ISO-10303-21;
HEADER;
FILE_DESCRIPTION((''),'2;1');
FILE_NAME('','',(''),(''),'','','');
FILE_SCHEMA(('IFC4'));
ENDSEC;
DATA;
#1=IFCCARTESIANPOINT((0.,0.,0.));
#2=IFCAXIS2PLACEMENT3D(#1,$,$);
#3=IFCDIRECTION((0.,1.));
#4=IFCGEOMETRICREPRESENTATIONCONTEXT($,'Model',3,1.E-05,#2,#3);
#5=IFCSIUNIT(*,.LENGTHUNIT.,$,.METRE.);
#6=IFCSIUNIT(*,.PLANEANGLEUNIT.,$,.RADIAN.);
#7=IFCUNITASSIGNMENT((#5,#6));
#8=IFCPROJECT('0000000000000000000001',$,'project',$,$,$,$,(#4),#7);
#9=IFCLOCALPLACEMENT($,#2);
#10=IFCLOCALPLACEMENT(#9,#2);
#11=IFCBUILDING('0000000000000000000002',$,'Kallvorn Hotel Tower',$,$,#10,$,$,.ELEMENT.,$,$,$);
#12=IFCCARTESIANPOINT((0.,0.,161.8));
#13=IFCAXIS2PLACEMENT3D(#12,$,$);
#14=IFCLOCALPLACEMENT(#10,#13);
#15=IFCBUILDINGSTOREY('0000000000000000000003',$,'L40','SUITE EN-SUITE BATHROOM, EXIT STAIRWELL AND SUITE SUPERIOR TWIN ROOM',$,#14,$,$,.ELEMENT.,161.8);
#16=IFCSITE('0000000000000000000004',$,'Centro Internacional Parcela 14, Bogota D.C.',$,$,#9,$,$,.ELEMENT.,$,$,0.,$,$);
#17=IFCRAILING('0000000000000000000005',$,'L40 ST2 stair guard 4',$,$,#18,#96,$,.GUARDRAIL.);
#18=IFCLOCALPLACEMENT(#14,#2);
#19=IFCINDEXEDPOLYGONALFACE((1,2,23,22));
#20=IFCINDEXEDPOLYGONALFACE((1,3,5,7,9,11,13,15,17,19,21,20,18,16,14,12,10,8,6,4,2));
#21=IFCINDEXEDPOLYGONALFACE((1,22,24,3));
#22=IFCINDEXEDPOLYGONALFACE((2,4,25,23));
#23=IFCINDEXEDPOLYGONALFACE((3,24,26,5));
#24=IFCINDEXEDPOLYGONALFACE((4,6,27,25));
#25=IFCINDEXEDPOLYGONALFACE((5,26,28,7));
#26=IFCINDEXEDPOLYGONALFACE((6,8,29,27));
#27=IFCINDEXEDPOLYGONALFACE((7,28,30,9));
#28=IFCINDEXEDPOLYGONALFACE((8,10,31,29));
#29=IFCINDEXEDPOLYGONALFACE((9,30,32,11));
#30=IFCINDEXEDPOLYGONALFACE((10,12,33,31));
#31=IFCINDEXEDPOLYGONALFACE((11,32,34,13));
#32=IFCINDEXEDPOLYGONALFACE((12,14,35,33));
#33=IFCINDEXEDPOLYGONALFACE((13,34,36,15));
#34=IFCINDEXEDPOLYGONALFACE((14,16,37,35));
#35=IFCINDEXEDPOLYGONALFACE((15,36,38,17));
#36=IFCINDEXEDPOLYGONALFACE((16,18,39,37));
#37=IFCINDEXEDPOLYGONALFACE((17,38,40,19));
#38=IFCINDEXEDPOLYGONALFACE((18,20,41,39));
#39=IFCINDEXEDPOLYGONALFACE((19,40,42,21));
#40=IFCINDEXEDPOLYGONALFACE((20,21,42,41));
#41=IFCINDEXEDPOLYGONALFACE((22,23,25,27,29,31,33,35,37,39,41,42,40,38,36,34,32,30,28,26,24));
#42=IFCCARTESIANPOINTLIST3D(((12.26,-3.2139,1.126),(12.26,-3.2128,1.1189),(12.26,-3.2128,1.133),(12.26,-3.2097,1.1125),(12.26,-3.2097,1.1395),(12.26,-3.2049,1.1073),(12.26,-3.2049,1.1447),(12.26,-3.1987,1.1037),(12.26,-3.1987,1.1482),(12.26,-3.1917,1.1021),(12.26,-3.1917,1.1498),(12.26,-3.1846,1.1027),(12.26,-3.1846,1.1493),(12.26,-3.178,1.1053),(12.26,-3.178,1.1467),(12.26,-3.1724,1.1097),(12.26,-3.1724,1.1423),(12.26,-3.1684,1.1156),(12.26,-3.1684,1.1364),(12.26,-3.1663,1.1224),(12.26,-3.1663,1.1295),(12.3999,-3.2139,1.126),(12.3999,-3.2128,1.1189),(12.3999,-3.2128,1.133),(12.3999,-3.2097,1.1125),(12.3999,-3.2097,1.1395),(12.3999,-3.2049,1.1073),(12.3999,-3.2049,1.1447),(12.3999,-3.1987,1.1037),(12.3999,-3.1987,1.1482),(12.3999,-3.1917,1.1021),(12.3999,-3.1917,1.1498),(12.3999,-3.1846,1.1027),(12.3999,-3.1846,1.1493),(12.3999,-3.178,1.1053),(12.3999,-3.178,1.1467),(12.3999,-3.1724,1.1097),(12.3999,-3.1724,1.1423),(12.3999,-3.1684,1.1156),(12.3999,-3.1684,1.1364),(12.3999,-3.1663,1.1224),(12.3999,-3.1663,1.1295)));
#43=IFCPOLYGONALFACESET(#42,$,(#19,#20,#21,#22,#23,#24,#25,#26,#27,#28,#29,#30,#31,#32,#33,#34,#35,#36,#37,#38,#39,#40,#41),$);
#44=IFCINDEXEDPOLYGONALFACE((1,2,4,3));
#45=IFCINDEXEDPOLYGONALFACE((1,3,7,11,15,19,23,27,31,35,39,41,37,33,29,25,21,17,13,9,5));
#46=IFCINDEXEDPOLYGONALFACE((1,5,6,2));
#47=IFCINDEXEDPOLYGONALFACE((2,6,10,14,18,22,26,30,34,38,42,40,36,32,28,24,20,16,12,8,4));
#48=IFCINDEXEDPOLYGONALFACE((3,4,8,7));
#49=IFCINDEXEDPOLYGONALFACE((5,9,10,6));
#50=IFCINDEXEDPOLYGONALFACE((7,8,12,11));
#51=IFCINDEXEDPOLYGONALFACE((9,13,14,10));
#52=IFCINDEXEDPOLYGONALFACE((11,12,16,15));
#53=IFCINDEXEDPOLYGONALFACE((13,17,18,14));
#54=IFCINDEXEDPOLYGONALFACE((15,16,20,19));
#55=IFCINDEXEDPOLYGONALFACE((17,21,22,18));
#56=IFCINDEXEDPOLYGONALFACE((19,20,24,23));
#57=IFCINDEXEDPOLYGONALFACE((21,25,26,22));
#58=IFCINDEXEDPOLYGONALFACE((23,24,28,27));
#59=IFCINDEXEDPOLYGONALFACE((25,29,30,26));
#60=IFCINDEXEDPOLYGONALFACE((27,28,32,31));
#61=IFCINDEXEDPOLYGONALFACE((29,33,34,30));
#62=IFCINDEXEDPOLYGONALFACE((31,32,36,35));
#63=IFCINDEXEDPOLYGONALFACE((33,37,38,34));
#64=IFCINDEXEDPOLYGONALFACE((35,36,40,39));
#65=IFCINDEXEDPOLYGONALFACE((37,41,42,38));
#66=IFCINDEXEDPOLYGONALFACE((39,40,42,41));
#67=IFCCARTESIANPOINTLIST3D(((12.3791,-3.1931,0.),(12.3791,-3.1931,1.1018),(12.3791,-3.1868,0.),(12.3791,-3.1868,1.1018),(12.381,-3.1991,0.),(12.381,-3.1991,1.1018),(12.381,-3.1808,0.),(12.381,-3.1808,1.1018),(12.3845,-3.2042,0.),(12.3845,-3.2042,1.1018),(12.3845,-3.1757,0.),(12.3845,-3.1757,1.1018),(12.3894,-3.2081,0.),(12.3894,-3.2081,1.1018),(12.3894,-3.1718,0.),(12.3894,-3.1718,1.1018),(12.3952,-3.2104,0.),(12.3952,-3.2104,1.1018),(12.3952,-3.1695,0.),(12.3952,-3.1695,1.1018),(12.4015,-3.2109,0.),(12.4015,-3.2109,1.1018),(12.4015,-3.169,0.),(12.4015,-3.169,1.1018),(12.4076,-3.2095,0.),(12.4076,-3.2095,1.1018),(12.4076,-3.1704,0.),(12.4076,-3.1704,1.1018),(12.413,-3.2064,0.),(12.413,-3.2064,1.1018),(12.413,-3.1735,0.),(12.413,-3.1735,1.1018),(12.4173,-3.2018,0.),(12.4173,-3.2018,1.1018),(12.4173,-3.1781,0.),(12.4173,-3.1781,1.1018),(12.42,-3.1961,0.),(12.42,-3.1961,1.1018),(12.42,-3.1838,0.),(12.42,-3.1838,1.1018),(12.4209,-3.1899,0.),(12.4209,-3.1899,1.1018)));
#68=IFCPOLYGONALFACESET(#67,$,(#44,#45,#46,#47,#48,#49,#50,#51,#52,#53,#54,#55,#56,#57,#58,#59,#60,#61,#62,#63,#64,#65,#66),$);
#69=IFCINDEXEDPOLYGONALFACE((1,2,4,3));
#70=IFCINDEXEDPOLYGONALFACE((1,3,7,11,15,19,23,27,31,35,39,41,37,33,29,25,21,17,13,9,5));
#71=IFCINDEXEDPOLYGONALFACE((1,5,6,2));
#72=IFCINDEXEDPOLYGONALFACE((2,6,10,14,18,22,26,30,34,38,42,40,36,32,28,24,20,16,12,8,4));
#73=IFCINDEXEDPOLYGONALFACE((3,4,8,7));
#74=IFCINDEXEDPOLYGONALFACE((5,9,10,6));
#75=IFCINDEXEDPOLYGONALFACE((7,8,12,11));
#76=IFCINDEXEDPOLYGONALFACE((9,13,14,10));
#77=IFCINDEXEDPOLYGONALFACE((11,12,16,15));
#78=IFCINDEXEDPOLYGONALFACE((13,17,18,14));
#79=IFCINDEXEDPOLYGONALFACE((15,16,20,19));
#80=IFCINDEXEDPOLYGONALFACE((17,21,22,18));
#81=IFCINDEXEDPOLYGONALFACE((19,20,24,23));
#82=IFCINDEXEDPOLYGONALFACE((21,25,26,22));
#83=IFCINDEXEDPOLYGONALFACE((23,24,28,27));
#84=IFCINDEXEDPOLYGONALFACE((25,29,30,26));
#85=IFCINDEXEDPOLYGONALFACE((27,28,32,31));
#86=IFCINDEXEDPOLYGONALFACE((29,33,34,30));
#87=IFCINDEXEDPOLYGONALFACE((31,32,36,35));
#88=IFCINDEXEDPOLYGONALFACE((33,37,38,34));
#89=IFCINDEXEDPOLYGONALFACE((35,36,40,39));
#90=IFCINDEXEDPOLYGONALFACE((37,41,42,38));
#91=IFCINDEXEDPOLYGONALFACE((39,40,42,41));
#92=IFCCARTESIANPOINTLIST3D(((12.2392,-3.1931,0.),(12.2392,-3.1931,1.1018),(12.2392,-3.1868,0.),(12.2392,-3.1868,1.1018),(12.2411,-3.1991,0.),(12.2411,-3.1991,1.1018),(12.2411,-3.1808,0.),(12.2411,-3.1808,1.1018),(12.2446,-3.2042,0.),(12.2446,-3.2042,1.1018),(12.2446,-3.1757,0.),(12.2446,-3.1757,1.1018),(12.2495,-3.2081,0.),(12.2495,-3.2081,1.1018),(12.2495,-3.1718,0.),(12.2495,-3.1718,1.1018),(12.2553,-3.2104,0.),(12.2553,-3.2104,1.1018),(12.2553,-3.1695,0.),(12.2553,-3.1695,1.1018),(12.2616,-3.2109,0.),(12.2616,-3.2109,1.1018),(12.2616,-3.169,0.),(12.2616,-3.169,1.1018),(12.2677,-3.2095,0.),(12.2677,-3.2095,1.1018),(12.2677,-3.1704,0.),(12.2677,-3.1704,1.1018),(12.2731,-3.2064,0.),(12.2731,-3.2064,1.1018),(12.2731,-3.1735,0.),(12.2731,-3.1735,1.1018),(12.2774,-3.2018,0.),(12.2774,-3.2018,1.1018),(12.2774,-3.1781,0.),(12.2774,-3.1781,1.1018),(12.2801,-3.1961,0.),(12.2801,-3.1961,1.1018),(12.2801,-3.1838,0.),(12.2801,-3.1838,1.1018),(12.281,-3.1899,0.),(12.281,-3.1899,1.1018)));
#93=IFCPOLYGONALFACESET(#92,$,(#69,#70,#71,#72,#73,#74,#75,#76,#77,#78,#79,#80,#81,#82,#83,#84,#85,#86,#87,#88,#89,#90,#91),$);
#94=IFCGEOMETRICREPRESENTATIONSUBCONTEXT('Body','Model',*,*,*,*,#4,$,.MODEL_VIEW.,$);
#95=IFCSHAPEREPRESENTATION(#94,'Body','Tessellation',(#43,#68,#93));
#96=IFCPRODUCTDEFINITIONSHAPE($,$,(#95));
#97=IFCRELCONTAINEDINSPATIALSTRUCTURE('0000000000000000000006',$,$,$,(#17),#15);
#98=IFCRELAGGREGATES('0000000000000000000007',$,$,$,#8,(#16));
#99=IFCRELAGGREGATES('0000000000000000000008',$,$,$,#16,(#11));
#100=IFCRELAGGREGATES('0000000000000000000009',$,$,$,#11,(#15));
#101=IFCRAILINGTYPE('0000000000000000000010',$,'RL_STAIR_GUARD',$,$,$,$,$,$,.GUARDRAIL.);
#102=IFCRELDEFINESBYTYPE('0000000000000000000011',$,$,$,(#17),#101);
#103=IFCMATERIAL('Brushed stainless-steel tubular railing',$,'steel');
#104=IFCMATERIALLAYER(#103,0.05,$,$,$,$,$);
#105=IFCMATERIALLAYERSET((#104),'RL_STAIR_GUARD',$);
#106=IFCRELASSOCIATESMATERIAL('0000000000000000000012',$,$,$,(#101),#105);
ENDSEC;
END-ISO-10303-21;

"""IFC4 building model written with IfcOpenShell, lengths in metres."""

from ifc_helpers import new_model, si_unit, direction, frame, origin, origin_2d, place, context, subcontext, project, spatial, circle, extrude, material, layer, layer_set, type_object, element, save


model = new_model("IFC4")

# Units and contexts
model_context = context("Model", 3, precision=1e-05, world=origin(), true_north=direction((0.0, 1.0)))
body_context = subcontext(model_context, "Body", "Model", "MODEL_VIEW")
ifc_project = project(units=[si_unit("LENGTHUNIT", "METRE"), si_unit("PLANEANGLEUNIT", "RADIAN")], contexts=[model_context])

# Site, building, storey
site_placement = place(None, origin())
site = spatial("IfcSite", under=ifc_project, at=site_placement, Name="Centro Internacional Parcela 14, Bogota D.C.", CompositionType="ELEMENT", RefElevation=0.0)
building_placement = place(site_placement, origin())
building = spatial("IfcBuilding", under=site, at=building_placement, Name="Kallvorn Hotel Tower", CompositionType="ELEMENT")
storey_placement = place(building_placement, frame((0.0, 0.0, 161.8)))
storey = spatial("IfcBuildingStorey", under=building, at=storey_placement, Name="L40", Description="SUITE EN-SUITE BATHROOM, EXIT STAIRWELL AND SUITE SUPERIOR TWIN ROOM", CompositionType="ELEMENT", Elevation=161.8)

# Railing
ifc_material_1 = material(Name="Brushed stainless-steel tubular railing", Category="steel")
ifc_layer_1 = layer(ifc_material_1, 0.05)
ifc_layer_set_1 = layer_set([ifc_layer_1], Name="RL_STAIR_GUARD")
railing_type = type_object("IfcRailingType", Name="RL_STAIR_GUARD", PredefinedType="GUARDRAIL", material=ifc_layer_set_1)
railing_1_placement = place(storey_placement, frame((12.3999, -3.1899, 0.0)))
element("IfcRailing", 1, at=railing_1_placement, inside=storey, type_object=railing_type, Name="L40 ST2 stair guard 4", PredefinedType="GUARDRAIL", context=body_context, shape_type="SweptSolid", body=[
    extrude(circle(Radius=0.0239, at=origin_2d()), frame((0.0, 0.0, 1.126), z_axis=(-1.0, 0.0, 0.0), x_axis=(0.0, -1.0, 0.0)), (0.0, 0.0, 1.0), 0.1399),
    extrude(circle(Radius=0.021, at=origin_2d()), origin(), (0.0, 0.0, 1.0), 1.1018),
    extrude(circle(Radius=0.021, at=origin_2d()), frame((-0.1399, 0.0, 0.0)), (0.0, 0.0, 1.0), 1.1018),
])

save(model, "model.ifc")
